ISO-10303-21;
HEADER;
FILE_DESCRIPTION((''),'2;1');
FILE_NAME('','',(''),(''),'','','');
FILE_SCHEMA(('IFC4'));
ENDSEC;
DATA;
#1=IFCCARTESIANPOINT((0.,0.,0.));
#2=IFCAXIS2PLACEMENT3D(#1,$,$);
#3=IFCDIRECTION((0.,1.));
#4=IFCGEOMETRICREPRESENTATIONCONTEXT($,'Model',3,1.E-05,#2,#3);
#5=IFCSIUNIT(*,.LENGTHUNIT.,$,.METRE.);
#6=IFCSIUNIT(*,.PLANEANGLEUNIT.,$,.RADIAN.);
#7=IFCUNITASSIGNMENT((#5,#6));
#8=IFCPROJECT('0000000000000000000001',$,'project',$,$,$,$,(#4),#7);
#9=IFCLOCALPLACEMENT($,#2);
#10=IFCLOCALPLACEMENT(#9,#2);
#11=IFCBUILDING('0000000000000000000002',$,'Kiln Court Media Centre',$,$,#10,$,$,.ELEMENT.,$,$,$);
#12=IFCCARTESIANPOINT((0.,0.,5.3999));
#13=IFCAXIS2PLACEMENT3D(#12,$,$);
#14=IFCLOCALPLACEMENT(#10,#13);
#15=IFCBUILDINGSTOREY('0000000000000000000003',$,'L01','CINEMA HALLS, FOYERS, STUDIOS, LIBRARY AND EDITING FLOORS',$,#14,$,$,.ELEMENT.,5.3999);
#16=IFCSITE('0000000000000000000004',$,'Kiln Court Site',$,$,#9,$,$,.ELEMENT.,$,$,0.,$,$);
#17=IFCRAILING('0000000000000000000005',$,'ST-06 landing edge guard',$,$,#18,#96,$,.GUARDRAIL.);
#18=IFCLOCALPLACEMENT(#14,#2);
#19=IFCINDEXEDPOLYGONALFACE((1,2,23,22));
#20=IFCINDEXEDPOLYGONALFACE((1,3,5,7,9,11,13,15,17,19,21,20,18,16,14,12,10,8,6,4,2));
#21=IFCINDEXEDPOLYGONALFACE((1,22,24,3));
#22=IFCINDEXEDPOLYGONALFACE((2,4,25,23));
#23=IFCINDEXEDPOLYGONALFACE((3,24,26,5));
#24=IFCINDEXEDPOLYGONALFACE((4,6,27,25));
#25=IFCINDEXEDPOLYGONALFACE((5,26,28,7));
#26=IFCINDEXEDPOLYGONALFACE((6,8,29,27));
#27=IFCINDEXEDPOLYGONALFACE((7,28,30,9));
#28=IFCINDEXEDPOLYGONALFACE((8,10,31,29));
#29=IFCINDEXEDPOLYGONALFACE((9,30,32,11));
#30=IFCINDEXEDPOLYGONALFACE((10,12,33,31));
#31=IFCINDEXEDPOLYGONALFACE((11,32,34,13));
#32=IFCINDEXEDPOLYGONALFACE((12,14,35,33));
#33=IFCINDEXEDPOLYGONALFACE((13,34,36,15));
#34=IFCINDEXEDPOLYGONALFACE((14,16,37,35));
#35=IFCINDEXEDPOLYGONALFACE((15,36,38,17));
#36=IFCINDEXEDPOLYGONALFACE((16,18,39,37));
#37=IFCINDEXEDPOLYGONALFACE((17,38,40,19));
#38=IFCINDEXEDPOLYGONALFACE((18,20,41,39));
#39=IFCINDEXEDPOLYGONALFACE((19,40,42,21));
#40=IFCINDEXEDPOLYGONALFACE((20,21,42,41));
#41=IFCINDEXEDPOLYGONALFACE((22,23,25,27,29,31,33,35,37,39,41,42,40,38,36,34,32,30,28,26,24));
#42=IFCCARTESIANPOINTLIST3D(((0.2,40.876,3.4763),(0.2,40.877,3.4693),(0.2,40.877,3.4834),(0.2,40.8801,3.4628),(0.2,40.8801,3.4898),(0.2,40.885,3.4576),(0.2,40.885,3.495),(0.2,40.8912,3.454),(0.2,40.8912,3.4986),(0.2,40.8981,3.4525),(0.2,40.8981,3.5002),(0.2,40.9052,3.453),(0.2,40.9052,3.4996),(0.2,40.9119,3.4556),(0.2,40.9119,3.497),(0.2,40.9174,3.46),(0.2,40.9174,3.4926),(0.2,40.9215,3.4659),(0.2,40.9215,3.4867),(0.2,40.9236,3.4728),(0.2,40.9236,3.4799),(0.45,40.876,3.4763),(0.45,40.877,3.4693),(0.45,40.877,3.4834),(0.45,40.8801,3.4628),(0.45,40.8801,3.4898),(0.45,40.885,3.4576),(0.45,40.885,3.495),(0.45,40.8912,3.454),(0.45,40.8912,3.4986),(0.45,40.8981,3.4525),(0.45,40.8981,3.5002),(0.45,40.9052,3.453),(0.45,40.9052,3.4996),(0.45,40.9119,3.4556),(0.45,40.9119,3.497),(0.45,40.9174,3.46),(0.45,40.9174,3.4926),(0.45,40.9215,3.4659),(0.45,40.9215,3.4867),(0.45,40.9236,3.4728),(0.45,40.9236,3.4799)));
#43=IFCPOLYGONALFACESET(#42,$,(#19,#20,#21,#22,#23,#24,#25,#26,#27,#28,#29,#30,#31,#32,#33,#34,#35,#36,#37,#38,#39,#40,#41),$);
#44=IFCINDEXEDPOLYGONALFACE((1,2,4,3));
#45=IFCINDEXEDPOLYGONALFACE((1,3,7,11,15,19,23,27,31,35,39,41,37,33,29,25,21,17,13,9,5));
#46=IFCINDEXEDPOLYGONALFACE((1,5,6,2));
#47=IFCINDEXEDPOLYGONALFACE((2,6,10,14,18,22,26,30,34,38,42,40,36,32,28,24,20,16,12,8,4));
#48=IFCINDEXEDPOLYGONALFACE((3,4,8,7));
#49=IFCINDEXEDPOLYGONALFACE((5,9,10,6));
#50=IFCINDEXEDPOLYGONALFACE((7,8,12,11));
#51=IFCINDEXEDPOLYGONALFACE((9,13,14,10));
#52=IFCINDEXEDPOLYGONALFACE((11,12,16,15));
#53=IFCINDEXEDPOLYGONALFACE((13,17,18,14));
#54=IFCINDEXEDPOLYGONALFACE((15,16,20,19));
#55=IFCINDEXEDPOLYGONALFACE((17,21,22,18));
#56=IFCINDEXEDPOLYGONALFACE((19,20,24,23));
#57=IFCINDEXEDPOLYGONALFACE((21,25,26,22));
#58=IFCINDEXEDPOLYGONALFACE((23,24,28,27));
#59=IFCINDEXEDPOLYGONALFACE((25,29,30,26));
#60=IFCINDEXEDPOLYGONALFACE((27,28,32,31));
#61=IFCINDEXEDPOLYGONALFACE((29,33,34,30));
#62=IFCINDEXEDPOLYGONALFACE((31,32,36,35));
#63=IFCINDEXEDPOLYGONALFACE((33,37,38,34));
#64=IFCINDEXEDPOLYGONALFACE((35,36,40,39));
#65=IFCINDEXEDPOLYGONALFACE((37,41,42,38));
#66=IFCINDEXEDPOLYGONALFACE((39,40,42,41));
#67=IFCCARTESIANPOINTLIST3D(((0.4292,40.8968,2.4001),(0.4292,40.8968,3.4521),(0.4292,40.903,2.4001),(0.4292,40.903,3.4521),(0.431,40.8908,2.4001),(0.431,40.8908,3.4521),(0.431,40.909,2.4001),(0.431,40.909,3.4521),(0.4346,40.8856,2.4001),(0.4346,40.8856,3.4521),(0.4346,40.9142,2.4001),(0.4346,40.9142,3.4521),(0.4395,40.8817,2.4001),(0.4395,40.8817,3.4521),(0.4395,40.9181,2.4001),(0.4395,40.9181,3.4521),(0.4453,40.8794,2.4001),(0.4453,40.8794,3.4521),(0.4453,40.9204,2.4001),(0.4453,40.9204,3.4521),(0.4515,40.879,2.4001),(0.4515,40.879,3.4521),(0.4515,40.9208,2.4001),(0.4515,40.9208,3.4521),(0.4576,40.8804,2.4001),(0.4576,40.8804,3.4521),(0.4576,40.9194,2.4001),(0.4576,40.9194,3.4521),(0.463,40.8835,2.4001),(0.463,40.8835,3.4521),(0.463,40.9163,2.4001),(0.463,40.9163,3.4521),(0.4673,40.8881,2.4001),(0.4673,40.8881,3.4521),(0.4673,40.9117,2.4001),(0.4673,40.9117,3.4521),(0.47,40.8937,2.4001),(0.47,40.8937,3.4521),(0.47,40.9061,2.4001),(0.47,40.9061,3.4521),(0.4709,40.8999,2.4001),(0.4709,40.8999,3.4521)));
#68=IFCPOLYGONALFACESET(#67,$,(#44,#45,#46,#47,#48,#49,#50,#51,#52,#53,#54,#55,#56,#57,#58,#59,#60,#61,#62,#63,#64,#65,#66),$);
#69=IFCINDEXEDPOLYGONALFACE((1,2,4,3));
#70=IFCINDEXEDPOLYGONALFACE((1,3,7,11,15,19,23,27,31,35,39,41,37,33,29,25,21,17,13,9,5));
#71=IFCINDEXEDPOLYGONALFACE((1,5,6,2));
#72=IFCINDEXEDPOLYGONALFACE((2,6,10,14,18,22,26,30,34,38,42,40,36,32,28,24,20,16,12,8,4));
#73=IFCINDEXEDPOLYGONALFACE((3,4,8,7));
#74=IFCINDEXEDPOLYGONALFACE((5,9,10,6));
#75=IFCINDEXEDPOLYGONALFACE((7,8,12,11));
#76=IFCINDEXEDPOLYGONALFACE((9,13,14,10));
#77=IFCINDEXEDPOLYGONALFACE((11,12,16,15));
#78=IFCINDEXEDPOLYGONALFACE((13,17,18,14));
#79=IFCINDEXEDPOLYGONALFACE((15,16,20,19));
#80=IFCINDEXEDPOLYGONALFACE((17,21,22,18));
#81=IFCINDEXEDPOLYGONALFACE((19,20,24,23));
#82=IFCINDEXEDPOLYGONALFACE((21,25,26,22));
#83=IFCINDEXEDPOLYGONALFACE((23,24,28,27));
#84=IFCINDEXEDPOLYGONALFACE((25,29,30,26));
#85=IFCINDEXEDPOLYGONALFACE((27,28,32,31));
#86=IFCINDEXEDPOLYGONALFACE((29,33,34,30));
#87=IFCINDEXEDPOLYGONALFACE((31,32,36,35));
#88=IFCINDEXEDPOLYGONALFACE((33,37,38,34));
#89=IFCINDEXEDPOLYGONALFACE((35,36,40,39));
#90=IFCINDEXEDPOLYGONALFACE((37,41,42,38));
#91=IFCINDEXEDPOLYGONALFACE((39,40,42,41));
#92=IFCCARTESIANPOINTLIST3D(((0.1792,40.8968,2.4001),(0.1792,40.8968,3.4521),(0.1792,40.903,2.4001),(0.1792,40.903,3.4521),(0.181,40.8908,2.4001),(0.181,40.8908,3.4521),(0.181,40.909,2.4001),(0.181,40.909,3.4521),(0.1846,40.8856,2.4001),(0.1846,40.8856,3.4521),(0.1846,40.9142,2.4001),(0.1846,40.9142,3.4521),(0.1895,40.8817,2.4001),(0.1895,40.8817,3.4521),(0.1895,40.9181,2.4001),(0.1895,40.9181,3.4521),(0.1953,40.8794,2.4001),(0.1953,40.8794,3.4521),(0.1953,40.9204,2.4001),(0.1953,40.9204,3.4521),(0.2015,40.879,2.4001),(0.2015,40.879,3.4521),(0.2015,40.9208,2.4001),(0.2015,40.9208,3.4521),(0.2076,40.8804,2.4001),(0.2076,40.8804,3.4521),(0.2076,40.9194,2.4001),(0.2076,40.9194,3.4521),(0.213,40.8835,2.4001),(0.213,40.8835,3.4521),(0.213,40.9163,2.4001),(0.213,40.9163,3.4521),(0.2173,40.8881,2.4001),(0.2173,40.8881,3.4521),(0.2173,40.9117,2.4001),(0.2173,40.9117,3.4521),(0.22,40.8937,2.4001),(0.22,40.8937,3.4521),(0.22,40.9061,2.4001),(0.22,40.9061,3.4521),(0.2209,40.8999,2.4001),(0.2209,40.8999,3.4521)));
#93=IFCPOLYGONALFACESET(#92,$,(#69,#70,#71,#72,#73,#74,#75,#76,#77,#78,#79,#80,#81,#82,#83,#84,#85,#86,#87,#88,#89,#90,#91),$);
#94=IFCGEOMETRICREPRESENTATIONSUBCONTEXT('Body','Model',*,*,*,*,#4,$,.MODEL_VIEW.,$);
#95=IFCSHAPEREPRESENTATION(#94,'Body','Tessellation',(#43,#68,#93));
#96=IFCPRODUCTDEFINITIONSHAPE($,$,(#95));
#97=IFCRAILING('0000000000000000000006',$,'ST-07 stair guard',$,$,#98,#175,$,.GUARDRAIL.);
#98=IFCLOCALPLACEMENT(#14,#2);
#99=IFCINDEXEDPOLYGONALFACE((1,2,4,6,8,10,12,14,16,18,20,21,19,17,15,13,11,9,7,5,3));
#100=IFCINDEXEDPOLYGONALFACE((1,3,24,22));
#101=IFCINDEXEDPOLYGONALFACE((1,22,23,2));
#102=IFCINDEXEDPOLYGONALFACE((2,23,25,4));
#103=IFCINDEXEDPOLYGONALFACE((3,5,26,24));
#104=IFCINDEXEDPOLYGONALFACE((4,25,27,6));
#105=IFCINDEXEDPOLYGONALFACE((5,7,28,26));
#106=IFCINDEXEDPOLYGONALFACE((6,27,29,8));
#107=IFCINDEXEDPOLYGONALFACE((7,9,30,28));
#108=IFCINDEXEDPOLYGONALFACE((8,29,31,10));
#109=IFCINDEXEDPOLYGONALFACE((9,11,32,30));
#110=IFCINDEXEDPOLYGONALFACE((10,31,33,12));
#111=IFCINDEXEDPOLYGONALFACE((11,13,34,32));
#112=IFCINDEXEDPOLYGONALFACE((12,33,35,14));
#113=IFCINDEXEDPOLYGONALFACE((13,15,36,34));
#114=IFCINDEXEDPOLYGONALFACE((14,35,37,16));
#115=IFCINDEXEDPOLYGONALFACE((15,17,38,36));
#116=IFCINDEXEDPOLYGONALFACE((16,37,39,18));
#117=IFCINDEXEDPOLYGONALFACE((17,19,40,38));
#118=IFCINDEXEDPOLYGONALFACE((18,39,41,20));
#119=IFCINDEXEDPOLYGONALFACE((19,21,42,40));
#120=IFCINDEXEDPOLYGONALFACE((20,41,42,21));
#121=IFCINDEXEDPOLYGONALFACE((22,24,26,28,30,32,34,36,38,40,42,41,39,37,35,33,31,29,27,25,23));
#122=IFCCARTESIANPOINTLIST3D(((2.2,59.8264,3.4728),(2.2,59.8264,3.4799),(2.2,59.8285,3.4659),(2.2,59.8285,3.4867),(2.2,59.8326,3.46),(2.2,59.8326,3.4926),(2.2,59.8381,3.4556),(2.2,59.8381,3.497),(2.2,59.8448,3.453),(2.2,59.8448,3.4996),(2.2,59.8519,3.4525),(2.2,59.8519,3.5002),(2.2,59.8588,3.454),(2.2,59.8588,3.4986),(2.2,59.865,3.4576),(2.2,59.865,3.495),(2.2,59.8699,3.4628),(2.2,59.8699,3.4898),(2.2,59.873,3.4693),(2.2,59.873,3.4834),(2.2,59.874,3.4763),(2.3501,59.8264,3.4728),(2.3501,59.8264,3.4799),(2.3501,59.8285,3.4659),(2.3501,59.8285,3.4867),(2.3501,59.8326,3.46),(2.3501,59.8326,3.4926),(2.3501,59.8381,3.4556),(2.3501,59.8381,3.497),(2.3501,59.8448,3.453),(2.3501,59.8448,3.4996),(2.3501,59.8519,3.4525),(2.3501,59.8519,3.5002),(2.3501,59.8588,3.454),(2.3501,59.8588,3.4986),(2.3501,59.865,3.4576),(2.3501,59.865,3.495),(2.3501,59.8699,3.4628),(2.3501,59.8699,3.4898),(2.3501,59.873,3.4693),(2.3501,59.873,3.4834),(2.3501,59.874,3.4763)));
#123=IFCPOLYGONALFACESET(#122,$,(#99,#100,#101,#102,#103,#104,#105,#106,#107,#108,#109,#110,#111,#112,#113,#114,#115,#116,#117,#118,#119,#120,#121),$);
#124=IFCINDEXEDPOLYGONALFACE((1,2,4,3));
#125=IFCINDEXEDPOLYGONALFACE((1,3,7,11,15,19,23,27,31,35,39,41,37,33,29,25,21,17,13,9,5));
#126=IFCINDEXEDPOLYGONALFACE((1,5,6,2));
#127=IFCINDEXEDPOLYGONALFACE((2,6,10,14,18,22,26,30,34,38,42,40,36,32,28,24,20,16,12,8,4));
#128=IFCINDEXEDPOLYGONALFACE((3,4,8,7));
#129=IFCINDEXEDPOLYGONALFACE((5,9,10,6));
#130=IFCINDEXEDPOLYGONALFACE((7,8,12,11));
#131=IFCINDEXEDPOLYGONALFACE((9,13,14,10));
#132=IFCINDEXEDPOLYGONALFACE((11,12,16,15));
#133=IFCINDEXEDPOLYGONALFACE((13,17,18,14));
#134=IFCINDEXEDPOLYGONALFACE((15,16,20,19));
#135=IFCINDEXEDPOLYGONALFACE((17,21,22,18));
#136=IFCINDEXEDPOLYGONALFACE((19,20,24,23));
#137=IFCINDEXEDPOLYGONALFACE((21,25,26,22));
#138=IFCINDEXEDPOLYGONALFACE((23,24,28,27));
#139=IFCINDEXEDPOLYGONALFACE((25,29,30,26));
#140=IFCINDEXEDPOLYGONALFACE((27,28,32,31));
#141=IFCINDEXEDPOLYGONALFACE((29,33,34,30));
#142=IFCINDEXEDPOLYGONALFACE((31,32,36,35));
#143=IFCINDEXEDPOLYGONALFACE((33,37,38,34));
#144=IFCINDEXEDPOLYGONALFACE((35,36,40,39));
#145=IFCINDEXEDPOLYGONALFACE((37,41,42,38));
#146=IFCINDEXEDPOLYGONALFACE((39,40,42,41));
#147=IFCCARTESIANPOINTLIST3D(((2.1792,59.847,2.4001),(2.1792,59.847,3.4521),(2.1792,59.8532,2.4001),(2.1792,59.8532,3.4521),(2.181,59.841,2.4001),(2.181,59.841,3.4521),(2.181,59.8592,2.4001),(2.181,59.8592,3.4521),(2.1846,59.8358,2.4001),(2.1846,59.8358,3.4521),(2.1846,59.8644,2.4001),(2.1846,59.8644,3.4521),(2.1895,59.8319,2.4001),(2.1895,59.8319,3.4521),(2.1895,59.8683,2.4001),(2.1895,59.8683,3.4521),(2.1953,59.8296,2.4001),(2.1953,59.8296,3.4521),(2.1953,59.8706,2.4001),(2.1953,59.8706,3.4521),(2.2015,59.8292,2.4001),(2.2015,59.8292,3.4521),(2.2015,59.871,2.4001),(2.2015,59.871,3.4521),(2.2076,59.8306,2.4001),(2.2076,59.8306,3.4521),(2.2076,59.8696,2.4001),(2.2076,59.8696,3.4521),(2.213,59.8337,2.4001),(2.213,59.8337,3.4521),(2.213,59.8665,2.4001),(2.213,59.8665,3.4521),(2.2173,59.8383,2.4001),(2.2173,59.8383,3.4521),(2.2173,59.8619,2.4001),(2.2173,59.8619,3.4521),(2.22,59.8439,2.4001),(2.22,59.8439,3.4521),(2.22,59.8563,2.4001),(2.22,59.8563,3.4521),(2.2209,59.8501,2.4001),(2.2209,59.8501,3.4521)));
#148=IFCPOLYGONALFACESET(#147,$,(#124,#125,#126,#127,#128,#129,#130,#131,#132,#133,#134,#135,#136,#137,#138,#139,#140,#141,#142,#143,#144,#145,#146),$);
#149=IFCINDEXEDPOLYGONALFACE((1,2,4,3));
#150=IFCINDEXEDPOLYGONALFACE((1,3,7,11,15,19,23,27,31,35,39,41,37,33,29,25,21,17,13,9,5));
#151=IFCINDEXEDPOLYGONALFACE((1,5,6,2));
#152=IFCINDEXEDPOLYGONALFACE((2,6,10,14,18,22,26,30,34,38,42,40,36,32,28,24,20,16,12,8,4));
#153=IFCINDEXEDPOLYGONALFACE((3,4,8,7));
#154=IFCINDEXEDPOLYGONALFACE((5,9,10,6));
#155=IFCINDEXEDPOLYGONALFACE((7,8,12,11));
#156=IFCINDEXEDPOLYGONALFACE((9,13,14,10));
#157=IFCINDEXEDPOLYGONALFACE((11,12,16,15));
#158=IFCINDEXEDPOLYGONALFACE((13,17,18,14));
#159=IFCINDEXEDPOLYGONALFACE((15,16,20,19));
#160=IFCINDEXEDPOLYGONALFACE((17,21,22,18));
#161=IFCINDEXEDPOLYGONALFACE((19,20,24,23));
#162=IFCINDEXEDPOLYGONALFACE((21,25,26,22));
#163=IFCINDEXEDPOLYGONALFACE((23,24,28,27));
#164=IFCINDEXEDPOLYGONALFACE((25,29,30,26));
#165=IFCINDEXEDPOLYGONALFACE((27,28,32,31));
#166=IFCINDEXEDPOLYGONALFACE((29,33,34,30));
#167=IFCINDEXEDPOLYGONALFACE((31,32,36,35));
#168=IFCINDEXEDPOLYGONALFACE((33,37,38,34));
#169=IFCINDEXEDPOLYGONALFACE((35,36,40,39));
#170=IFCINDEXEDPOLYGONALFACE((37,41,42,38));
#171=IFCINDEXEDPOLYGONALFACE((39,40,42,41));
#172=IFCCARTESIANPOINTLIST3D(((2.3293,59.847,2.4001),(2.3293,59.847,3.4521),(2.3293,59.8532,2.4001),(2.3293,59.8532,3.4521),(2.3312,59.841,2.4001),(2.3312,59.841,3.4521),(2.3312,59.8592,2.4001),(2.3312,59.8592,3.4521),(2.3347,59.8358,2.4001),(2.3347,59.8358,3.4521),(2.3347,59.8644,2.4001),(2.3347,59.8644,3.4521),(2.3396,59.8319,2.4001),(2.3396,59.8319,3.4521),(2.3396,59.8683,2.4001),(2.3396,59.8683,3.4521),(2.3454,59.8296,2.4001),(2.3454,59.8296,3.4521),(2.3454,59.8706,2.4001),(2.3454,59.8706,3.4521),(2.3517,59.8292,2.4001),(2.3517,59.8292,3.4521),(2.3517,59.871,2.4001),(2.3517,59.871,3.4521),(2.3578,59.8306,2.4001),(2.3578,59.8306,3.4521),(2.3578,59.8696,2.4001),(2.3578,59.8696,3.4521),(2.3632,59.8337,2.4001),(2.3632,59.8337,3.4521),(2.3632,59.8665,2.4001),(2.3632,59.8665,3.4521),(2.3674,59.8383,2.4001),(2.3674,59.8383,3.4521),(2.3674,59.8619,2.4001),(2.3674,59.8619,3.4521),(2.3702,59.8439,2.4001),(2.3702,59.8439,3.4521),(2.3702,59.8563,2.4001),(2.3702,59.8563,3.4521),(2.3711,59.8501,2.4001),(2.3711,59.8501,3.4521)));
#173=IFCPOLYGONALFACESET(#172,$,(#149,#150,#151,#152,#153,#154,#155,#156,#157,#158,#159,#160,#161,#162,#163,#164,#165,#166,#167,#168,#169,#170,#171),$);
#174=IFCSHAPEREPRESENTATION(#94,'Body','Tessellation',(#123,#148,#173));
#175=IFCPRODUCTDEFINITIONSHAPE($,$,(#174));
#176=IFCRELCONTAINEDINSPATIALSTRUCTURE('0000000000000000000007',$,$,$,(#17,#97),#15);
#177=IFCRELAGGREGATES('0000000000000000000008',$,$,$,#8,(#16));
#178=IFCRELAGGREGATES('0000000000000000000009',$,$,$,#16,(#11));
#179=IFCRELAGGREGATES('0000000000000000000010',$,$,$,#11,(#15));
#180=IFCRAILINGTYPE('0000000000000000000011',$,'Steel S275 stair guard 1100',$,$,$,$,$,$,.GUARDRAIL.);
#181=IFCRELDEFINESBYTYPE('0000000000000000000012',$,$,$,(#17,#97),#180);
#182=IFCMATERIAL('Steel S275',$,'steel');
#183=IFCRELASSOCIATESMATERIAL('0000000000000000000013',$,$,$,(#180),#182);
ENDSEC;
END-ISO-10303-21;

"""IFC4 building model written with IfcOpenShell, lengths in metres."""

from ifc_helpers import new_model, si_unit, direction, frame, origin, origin_2d, place, context, subcontext, project, spatial, circle, extrude, material, type_object, element, save


model = new_model("IFC4")

# Units and contexts
model_context = context("Model", 3, precision=1e-05, world=origin(), true_north=direction((0.0, 1.0)))
body_context = subcontext(model_context, "Body", "Model", "MODEL_VIEW")
ifc_project = project(units=[si_unit("LENGTHUNIT", "METRE"), si_unit("PLANEANGLEUNIT", "RADIAN")], contexts=[model_context])

# Site, building, storey
site_placement = place(None, origin())
site = spatial("IfcSite", under=ifc_project, at=site_placement, Name="Kiln Court Site", CompositionType="ELEMENT", RefElevation=0.0)
building_placement = place(site_placement, origin())
building = spatial("IfcBuilding", under=site, at=building_placement, Name="Kiln Court Media Centre", CompositionType="ELEMENT")
storey_placement = place(building_placement, frame((0.0, 0.0, 5.3999)))
storey = spatial("IfcBuildingStorey", under=building, at=storey_placement, Name="L01", Description="CINEMA HALLS, FOYERS, STUDIOS, LIBRARY AND EDITING FLOORS", CompositionType="ELEMENT", Elevation=5.3999)

# Railings
ifc_material_1 = material(Name="Steel S275", Category="steel")
railing_type_1 = type_object("IfcRailingType", Name="Steel S275 stair guard 1100", PredefinedType="GUARDRAIL", material=ifc_material_1)
railing_1_placement = place(storey_placement, frame((0.45, 40.8999, 2.4001)))
element("IfcRailing", 1, at=railing_1_placement, inside=storey, type_object=railing_type_1, Name="ST-06 landing edge guard", PredefinedType="GUARDRAIL", context=body_context, shape_type="SweptSolid", body=[
    extrude(circle(Radius=0.0239, at=origin_2d()), frame((0.0, 0.0, 1.0762), z_axis=(-1.0, 0.0, 0.0), x_axis=(0.0, -1.0, 0.0)), (0.0, 0.0, 1.0), 0.25),
    extrude(circle(Radius=0.021, at=origin_2d()), origin(), (0.0, 0.0, 1.0), 1.052),
    extrude(circle(Radius=0.021, at=origin_2d()), frame((-0.25, 0.0, 0.0)), (0.0, 0.0, 1.0), 1.052),
])
railing_2_placement = place(storey_placement, frame((2.2, 59.8501, 2.4001)))
element("IfcRailing", 2, at=railing_2_placement, inside=storey, type_object=railing_type_1, Name="ST-07 stair guard", PredefinedType="GUARDRAIL", context=body_context, shape_type="SweptSolid", body=[
    extrude(circle(Radius=0.0239, at=origin_2d()), frame((0.0, 0.0, 1.0762), z_axis=(1.0, 0.0, 0.0), x_axis=(0.0, 1.0, 0.0)), (0.0, 0.0, 1.0), 0.1501),
    extrude(circle(Radius=0.021, at=origin_2d()), origin(), (0.0, 0.0, 1.0), 1.052),
    extrude(circle(Radius=0.021, at=origin_2d()), frame((0.1501, 0.0, 0.0)), (0.0, 0.0, 1.0), 1.052),
])

save(model, "model.ifc")
